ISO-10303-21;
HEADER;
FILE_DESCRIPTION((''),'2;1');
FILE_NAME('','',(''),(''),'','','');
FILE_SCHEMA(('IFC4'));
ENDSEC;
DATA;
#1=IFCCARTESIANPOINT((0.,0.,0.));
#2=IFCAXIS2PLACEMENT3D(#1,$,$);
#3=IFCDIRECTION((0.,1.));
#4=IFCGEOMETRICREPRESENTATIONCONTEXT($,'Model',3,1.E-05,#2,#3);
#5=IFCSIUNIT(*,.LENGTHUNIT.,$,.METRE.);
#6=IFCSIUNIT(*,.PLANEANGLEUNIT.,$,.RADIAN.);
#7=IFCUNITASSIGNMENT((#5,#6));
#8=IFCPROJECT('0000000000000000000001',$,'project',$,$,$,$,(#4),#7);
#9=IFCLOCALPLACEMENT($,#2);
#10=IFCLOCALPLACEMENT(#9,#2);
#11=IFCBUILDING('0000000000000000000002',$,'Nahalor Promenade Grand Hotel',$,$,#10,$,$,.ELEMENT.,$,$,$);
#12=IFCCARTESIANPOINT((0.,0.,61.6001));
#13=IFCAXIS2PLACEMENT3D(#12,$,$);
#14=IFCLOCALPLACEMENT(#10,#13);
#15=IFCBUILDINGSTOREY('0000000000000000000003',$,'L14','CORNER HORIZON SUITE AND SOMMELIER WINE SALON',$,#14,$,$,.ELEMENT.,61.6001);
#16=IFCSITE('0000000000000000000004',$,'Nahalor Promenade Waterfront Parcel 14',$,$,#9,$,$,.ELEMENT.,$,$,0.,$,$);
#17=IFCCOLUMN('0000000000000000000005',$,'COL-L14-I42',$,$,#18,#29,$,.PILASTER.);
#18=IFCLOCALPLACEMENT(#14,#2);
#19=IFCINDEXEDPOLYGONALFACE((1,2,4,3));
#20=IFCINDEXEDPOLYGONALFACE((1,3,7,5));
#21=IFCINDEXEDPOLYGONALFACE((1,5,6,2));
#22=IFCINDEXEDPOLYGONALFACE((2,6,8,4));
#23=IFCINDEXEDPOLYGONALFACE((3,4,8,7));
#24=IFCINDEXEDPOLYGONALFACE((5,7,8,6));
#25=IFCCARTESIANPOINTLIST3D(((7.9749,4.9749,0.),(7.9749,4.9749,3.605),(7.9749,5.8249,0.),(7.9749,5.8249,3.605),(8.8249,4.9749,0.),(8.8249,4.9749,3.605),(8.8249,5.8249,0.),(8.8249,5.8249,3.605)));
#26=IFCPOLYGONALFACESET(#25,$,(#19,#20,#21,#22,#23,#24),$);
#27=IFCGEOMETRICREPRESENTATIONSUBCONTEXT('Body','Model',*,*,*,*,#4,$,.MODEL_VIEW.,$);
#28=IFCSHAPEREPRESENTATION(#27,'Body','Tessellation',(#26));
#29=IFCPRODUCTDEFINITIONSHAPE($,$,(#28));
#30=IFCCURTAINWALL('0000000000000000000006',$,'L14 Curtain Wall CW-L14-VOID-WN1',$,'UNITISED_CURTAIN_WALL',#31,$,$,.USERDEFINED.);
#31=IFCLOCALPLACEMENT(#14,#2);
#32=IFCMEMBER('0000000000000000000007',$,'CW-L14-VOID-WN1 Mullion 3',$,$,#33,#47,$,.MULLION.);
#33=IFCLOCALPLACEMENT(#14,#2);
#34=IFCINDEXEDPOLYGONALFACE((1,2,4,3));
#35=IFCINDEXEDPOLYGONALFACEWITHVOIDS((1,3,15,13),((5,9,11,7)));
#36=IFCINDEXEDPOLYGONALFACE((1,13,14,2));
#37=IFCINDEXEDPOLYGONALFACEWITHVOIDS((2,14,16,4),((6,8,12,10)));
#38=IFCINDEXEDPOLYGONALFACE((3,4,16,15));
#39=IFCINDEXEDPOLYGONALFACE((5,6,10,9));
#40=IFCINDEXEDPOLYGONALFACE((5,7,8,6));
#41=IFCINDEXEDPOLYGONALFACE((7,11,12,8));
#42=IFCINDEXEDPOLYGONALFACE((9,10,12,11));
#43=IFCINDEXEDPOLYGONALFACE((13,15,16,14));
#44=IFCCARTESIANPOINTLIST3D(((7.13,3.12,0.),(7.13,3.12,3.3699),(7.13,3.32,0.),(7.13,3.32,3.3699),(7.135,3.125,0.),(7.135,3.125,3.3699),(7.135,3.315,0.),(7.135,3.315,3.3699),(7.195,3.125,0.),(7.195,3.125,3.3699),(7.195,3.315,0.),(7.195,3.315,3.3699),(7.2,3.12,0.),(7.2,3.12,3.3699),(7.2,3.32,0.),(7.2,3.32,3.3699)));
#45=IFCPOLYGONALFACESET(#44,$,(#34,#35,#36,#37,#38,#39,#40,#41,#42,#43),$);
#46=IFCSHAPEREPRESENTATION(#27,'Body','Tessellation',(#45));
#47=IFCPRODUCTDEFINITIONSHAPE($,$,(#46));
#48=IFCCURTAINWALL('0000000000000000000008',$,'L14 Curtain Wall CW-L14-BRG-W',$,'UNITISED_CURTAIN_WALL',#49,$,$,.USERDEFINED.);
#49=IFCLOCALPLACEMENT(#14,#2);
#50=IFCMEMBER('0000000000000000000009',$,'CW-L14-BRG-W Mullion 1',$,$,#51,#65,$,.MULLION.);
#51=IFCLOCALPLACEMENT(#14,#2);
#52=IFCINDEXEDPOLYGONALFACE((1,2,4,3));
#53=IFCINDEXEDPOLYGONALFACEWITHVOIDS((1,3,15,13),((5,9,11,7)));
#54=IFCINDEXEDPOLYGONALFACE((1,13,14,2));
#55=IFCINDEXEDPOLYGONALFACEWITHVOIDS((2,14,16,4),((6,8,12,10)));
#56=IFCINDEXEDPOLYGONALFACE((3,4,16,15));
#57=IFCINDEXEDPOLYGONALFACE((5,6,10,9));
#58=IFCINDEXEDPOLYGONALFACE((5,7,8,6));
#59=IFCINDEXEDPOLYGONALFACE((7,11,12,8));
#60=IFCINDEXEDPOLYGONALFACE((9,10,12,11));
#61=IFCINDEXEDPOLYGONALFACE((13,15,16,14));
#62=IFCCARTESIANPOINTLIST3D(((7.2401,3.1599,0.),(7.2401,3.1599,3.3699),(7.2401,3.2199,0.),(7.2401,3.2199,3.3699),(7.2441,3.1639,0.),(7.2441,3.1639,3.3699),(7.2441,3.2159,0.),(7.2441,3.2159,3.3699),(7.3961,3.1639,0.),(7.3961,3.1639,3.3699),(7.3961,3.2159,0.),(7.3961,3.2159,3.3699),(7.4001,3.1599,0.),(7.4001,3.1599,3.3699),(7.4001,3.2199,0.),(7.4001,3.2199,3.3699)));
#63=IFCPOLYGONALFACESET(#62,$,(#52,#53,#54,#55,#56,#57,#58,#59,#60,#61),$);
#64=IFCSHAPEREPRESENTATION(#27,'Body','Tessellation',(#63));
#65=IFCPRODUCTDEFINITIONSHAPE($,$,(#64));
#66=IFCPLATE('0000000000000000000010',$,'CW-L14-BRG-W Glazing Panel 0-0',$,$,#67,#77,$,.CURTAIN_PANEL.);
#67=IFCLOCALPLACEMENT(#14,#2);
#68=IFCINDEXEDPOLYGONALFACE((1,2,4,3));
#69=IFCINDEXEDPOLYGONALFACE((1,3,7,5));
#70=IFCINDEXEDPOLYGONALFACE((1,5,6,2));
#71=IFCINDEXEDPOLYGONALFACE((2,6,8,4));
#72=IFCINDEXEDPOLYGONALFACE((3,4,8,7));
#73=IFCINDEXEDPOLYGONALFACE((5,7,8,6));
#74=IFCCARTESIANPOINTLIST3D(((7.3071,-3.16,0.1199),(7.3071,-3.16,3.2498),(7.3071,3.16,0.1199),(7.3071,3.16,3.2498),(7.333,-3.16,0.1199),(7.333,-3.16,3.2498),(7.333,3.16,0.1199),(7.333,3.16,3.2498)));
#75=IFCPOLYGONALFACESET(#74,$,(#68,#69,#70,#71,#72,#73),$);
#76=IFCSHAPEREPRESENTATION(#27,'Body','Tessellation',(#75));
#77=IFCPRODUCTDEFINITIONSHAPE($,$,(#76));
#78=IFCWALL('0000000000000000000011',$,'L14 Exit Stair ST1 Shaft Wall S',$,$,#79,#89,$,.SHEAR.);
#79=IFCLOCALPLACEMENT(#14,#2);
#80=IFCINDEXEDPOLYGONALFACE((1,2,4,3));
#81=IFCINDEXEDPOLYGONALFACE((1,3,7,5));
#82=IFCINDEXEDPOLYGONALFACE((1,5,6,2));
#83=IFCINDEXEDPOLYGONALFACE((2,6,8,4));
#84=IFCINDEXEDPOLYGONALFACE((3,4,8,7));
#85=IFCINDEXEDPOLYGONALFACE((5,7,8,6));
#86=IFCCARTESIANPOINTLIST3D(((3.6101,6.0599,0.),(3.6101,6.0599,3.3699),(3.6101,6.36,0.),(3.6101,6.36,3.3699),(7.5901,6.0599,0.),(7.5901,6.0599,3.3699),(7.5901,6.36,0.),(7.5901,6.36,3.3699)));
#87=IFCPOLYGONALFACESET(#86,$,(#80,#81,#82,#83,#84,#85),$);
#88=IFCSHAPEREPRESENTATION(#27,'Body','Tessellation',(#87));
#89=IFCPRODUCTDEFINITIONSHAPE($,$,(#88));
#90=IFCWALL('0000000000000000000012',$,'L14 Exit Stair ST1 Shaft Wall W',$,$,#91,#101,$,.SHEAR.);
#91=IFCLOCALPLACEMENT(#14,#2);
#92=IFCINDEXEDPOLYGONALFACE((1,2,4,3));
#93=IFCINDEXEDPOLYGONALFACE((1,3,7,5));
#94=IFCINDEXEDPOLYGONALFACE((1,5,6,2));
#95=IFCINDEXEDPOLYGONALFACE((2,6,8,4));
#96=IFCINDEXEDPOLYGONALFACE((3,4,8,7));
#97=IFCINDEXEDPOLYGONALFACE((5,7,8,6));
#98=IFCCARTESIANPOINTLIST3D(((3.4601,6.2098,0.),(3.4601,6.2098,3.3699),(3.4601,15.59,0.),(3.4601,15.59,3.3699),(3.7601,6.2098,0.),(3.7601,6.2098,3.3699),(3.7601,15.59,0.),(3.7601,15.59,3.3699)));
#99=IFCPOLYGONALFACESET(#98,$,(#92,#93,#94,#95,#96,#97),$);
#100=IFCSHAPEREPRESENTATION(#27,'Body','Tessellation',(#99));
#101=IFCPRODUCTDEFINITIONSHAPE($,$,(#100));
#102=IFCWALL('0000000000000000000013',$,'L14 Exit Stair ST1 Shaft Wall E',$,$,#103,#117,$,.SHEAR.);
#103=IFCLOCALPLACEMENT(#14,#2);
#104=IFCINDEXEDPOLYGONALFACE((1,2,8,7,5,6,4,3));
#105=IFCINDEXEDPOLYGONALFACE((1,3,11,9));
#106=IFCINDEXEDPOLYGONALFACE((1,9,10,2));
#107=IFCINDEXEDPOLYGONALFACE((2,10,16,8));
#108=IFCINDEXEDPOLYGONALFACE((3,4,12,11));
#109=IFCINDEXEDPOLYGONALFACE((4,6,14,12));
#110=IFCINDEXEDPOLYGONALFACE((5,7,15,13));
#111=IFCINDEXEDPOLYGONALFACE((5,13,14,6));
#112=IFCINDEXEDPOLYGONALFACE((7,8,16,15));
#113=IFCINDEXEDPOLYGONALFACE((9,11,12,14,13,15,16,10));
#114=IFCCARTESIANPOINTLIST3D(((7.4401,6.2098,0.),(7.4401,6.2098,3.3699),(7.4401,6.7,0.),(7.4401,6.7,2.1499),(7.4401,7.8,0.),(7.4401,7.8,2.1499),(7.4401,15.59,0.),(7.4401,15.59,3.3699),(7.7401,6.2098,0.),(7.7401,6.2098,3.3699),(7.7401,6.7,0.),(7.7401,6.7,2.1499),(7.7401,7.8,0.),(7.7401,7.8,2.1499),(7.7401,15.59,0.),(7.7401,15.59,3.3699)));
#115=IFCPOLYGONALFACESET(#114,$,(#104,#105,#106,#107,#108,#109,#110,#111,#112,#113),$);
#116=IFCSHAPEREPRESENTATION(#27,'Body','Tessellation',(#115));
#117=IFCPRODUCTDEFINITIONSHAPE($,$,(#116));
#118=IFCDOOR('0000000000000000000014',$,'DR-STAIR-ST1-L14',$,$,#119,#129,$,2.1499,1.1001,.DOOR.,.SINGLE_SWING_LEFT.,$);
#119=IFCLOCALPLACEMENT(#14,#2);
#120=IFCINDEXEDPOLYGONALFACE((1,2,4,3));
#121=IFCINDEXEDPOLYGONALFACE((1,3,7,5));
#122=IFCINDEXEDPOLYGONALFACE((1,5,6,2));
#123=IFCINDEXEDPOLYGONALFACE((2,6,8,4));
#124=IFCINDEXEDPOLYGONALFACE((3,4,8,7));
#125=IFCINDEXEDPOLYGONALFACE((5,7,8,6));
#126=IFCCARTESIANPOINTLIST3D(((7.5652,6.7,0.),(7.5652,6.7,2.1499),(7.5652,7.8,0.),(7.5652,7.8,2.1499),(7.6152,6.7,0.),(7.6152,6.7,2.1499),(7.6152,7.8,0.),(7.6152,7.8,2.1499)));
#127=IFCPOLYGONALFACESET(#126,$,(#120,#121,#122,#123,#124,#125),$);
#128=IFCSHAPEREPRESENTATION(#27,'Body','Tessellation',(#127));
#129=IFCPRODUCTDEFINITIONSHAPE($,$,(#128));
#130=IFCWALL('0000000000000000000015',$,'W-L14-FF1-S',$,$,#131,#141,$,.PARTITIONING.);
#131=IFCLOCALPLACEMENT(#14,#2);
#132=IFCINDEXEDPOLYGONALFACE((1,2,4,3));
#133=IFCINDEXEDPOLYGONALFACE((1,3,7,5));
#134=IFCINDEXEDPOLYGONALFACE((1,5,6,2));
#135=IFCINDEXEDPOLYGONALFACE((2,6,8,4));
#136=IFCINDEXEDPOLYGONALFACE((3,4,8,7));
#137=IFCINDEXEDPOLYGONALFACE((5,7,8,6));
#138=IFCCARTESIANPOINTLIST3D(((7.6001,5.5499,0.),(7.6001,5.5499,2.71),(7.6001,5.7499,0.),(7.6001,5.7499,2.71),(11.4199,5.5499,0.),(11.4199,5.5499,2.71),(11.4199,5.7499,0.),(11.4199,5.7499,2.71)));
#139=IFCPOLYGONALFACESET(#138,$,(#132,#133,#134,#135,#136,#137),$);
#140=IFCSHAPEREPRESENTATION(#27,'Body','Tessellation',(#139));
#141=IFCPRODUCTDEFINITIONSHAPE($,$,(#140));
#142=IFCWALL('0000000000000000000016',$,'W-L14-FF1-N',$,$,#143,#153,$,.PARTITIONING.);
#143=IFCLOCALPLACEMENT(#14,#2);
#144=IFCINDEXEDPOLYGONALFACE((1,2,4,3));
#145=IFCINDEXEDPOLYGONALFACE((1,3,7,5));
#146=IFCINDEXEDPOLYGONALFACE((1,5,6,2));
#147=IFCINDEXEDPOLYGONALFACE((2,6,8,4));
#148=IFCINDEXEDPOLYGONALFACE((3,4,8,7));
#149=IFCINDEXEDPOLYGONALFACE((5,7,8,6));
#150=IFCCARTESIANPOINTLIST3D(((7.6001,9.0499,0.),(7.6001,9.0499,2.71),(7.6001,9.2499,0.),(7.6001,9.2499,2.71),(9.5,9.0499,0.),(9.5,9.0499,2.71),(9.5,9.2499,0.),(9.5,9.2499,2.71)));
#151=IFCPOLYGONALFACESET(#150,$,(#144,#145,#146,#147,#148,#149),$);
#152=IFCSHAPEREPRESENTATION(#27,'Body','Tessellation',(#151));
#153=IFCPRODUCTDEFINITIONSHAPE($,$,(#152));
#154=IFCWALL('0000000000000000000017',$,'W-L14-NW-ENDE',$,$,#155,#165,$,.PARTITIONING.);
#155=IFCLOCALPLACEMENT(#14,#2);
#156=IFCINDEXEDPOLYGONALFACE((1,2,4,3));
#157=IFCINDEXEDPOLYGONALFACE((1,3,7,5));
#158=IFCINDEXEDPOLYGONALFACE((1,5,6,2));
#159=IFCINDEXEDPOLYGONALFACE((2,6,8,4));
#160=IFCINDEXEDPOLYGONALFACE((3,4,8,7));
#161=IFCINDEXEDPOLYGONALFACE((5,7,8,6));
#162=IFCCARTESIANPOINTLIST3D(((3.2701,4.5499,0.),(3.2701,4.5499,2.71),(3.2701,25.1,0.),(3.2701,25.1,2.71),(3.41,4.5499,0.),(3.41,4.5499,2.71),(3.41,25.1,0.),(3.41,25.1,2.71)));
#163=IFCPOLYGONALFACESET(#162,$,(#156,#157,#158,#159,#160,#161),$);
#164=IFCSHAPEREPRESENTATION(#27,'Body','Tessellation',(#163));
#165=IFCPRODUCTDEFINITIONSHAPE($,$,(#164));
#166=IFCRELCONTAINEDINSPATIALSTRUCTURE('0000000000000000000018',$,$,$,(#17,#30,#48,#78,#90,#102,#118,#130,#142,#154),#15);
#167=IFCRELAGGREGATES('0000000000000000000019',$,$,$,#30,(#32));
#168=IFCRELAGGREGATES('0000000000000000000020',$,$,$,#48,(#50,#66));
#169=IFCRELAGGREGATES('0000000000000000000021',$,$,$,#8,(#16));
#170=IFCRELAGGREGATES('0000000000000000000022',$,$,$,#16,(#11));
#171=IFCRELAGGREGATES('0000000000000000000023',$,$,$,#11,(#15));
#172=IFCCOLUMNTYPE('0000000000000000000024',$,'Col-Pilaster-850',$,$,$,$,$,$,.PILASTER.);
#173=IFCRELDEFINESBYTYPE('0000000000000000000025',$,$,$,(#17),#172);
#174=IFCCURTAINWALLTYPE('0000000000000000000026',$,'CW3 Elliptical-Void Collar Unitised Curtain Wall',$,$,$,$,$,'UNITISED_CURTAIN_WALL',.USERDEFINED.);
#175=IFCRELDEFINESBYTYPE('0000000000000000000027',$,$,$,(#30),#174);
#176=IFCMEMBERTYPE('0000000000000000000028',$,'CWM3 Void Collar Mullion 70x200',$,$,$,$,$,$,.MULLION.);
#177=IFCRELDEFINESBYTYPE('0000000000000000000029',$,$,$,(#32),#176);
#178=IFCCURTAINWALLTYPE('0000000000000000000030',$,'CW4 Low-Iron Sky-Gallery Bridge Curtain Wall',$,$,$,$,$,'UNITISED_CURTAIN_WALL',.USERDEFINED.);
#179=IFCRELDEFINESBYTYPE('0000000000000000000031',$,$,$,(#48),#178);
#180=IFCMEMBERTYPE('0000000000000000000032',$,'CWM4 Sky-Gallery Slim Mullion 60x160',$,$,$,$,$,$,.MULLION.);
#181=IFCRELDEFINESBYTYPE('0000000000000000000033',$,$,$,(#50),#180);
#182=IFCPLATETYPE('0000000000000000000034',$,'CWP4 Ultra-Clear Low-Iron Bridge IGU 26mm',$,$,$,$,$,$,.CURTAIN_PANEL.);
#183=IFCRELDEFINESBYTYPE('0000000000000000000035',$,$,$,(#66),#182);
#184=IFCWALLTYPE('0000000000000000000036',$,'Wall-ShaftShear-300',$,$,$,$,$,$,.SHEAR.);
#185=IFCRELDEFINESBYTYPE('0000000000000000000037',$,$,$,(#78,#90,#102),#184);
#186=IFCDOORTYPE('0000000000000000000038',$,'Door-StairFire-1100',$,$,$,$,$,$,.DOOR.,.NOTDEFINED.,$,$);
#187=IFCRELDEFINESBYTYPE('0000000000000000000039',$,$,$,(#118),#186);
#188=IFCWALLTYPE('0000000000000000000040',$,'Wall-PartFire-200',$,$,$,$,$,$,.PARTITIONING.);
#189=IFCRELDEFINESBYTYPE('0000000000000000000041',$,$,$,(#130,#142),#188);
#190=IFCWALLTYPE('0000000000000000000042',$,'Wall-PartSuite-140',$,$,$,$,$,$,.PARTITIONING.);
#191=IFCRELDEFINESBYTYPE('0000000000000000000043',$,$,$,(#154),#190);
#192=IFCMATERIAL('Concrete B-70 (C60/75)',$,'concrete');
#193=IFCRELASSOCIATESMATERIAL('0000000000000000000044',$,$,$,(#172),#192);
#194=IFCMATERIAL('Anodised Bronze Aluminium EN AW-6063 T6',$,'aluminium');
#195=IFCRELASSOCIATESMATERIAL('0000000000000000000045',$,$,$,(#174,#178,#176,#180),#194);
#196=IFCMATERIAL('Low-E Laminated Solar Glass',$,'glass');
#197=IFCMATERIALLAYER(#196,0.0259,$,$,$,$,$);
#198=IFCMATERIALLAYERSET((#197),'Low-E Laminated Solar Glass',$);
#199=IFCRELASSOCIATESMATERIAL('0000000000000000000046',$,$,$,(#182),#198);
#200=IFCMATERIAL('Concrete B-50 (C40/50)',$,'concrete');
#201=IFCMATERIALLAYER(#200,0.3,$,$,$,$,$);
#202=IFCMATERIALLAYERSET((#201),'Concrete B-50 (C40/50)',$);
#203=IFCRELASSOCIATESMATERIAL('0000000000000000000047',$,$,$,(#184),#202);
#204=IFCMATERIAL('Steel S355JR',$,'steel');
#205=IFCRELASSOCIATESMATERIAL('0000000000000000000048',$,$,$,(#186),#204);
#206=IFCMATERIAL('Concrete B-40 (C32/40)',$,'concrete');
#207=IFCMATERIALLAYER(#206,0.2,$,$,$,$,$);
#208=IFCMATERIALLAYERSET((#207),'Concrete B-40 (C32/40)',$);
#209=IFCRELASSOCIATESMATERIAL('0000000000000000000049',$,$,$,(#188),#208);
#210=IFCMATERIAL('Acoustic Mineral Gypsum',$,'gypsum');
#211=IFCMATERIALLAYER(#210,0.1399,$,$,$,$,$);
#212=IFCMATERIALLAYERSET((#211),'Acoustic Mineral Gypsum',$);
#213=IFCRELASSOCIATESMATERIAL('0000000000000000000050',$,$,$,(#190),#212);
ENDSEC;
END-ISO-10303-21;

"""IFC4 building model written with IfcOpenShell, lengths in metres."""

from ifc_helpers import new_model, si_unit, direction, frame, frame_2d, origin, origin_2d, place, context, subcontext, project, spatial, rectangle, hollow_rectangle, extrude, source, transform, mapped, material, layer, layer_set, material_profile, profile_set, type_object, element, fill, aggregate, save


model = new_model("IFC4")

# Units and contexts
model_context = context("Model", 3, precision=1e-05, world=origin(), true_north=direction((0.0, 1.0)))
body_context = subcontext(model_context, "Body", "Model", "MODEL_VIEW")
ifc_project = project(units=[si_unit("LENGTHUNIT", "METRE"), si_unit("PLANEANGLEUNIT", "RADIAN")], contexts=[model_context])

# Site, building, storey
site_placement = place(None, origin())
site = spatial("IfcSite", under=ifc_project, at=site_placement, Name="Nahalor Promenade Waterfront Parcel 14", CompositionType="ELEMENT", RefElevation=0.0)
building_placement = place(site_placement, origin())
building = spatial("IfcBuilding", under=site, at=building_placement, Name="Nahalor Promenade Grand Hotel", CompositionType="ELEMENT")
storey_placement = place(building_placement, frame((0.0, 0.0, 61.6001)))
storey = spatial("IfcBuildingStorey", under=building, at=storey_placement, Name="L14", Description="CORNER HORIZON SUITE AND SOMMELIER WINE SALON", CompositionType="ELEMENT", Elevation=61.6001)

# Column
ifc_material_1 = material(Name="Concrete B-70 (C60/75)", Category="concrete")
ifc_material_profile_1 = material_profile(ifc_material_1, rectangle(XDim=0.85, YDim=0.85, at=origin_2d()), Name="RC 850x850")
ifc_profile_set_1 = profile_set([ifc_material_profile_1], Name="Concrete B-70 (C60/75)")
column_type = type_object("IfcColumnType", Name="Col-Pilaster-850", PredefinedType="PILASTER", material=ifc_profile_set_1)
shared_shape_1 = source(origin(), body_context, "Body", "SweptSolid", [
    extrude(rectangle(XDim=0.85, YDim=0.85, at=origin_2d()), origin(), (0.0, 0.0, 1.0), 3.605),
])
column_placement = place(storey_placement, frame((8.3999, 5.3999, 0.0), z_axis=(0.0, 0.0, 1.0), x_axis=(1.0, 0.0, 0.0)))
element("IfcColumn", 1, at=column_placement, inside=storey, type_object=column_type, Name="COL-L14-I42", PredefinedType="PILASTER", context=body_context, shape_type="MappedRepresentation", body=[
    mapped(shared_shape_1, transform((0.0, 0.0, 0.0), scale=1.0)),
])

# Curtain wall, member
ifc_material_2 = material(Name="Anodised Bronze Aluminium EN AW-6063 T6", Category="aluminium")
curtain_wall_type_1 = type_object("IfcCurtainWallType", Name="CW3 Elliptical-Void Collar Unitised Curtain Wall", ElementType="UNITISED_CURTAIN_WALL", PredefinedType="USERDEFINED", material=ifc_material_2)
curtain_wall_1_placement = place(storey_placement, origin())
curtain_wall_1 = element("IfcCurtainWall", 2, at=curtain_wall_1_placement, inside=storey, type_object=curtain_wall_type_1, Name="L14 Curtain Wall CW-L14-VOID-WN1", ObjectType="UNITISED_CURTAIN_WALL", PredefinedType="USERDEFINED")
ifc_material_profile_2 = material_profile(ifc_material_2, hollow_rectangle(XDim=0.07, YDim=0.2, WallThickness=0.005, at=origin_2d()), Name="CWM 70x200x5")
ifc_profile_set_2 = profile_set([ifc_material_profile_2], Name="Anodised Bronze Aluminium EN AW-6063 T6")
member_type_1 = type_object("IfcMemberType", Name="CWM3 Void Collar Mullion 70x200", PredefinedType="MULLION", material=ifc_profile_set_2)
shared_shape_2 = source(origin(), body_context, "Body", "SweptSolid", [
    extrude(hollow_rectangle(XDim=0.07, YDim=0.2, WallThickness=0.005, at=origin_2d()), origin(), (0.0, 0.0, 1.0), 3.3699),
])
member_1_placement = place(storey_placement, frame((7.165, 3.22, 0.0), z_axis=(0.0, 0.0, 1.0), x_axis=(1.0, 0.0, 0.0)))
member_1 = element("IfcMember", 3, at=member_1_placement, type_object=member_type_1, Name="CW-L14-VOID-WN1 Mullion 3", PredefinedType="MULLION", context=body_context, shape_type="MappedRepresentation", body=[
    mapped(shared_shape_2, transform((0.0, 0.0, 0.0), scale=1.0)),
])
aggregate(curtain_wall_1, [member_1])

# Curtain wall, member, plate
curtain_wall_type_2 = type_object("IfcCurtainWallType", Name="CW4 Low-Iron Sky-Gallery Bridge Curtain Wall", ElementType="UNITISED_CURTAIN_WALL", PredefinedType="USERDEFINED", material=ifc_material_2)
curtain_wall_2_placement = place(storey_placement, origin())
curtain_wall_2 = element("IfcCurtainWall", 4, at=curtain_wall_2_placement, inside=storey, type_object=curtain_wall_type_2, Name="L14 Curtain Wall CW-L14-BRG-W", ObjectType="UNITISED_CURTAIN_WALL", PredefinedType="USERDEFINED")
ifc_material_profile_3 = material_profile(ifc_material_2, hollow_rectangle(XDim=0.06, YDim=0.16, WallThickness=0.004, at=origin_2d()), Name="CWM 60x160x4")
ifc_profile_set_3 = profile_set([ifc_material_profile_3], Name="Anodised Bronze Aluminium EN AW-6063 T6")
member_type_2 = type_object("IfcMemberType", Name="CWM4 Sky-Gallery Slim Mullion 60x160", PredefinedType="MULLION", material=ifc_profile_set_3)
shared_shape_3 = source(origin(), body_context, "Body", "SweptSolid", [
    extrude(hollow_rectangle(XDim=0.06, YDim=0.16, WallThickness=0.004, at=origin_2d()), origin(), (0.0, 0.0, 1.0), 3.3699),
])
member_2_placement = place(storey_placement, frame((7.3201, 3.1899, 0.0), z_axis=(0.0, 0.0, 1.0), x_axis=(0.0, 1.0, 0.0)))
member_2 = element("IfcMember", 5, at=member_2_placement, type_object=member_type_2, Name="CW-L14-BRG-W Mullion 1", PredefinedType="MULLION", context=body_context, shape_type="MappedRepresentation", body=[
    mapped(shared_shape_3, transform((0.0, 0.0, 0.0), scale=1.0)),
])
ifc_material_3 = material(Name="Low-E Laminated Solar Glass", Category="glass")
ifc_layer_1 = layer(ifc_material_3, 0.0259)
ifc_layer_set_1 = layer_set([ifc_layer_1], Name="Low-E Laminated Solar Glass")
plate_type = type_object("IfcPlateType", Name="CWP4 Ultra-Clear Low-Iron Bridge IGU 26mm", PredefinedType="CURTAIN_PANEL", material=ifc_layer_set_1)
shared_shape_4 = source(origin(), body_context, "Body", "SweptSolid", [
    extrude(rectangle(XDim=6.3201, YDim=0.0259, at=origin_2d()), origin(), (0.0, 0.0, 1.0), 3.1299),
])
plate_placement = place(storey_placement, frame((7.3201, 0.0, 0.1199), z_axis=(0.0, 0.0, 1.0), x_axis=(0.0, 1.0, 0.0)))
plate = element("IfcPlate", 6, at=plate_placement, type_object=plate_type, Name="CW-L14-BRG-W Glazing Panel 0-0", PredefinedType="CURTAIN_PANEL", context=body_context, shape_type="MappedRepresentation", body=[
    mapped(shared_shape_4, transform((0.0, 0.0, 0.0), scale=1.0)),
])
aggregate(curtain_wall_2, [member_2, plate])

# Walls
ifc_material_4 = material(Name="Concrete B-50 (C40/50)", Category="concrete")
ifc_layer_2 = layer(ifc_material_4, 0.3)
ifc_layer_set_2 = layer_set([ifc_layer_2], Name="Concrete B-50 (C40/50)")
wall_type_1 = type_object("IfcWallType", Name="Wall-ShaftShear-300", PredefinedType="SHEAR", material=ifc_layer_set_2)
shared_shape_5 = source(origin(), body_context, "Body", "SweptSolid", [
    extrude(rectangle(XDim=3.98, YDim=0.3, at=frame_2d((1.99, 0.0))), origin(), (0.0, 0.0, 1.0), 3.3699),
])
wall_1_placement = place(storey_placement, frame((3.6101, 6.21, 0.0), z_axis=(0.0, 0.0, 1.0), x_axis=(1.0, 0.0, 0.0)))
element("IfcWall", 7, at=wall_1_placement, inside=storey, type_object=wall_type_1, Name="L14 Exit Stair ST1 Shaft Wall S", PredefinedType="SHEAR", context=body_context, shape_type="MappedRepresentation", body=[
    mapped(shared_shape_5, transform((0.0, 0.0, 0.0), scale=1.0)),
])
shared_shape_6 = source(origin(), body_context, "Body", "SweptSolid", [
    extrude(rectangle(XDim=9.3801, YDim=0.3, at=frame_2d((4.6899, 0.0))), origin(), (0.0, 0.0, 1.0), 3.3699),
])
wall_2_placement = place(storey_placement, frame((3.6101, 6.21, 0.0), z_axis=(0.0, 0.0, 1.0), x_axis=(0.0, 1.0, 0.0)))
element("IfcWall", 8, at=wall_2_placement, inside=storey, type_object=wall_type_1, Name="L14 Exit Stair ST1 Shaft Wall W", PredefinedType="SHEAR", context=body_context, shape_type="MappedRepresentation", body=[
    mapped(shared_shape_6, transform((0.0, 0.0, 0.0), scale=1.0)),
])

# Wall, opening, door
wall_3_placement = place(storey_placement, frame((7.5901, 6.21, 0.0), z_axis=(0.0, 0.0, 1.0), x_axis=(0.0, 1.0, 0.0)))
wall_3 = element("IfcWall", 9, at=wall_3_placement, inside=storey, type_object=wall_type_1, Name="L14 Exit Stair ST1 Shaft Wall E", PredefinedType="SHEAR", context=body_context, shape_type="MappedRepresentation", body=[
    mapped(shared_shape_6, transform((0.0, 0.0, 0.0), scale=1.0)),
])
opening_placement = place(wall_3_placement, frame((0.49, 0.0, 0.0)))
opening = element("IfcOpeningElement", 10, at=opening_placement, cuts=wall_3, PredefinedType="OPENING", context=body_context, shape_type="SweptSolid", body=[
    extrude(rectangle(XDim=1.1001, YDim=2.1499, at=frame_2d((0.55, 1.075))), frame((0.0, 0.1599, 0.0), z_axis=(0.0, -1.0, 0.0), x_axis=(1.0, 0.0, 0.0)), (0.0, 0.0, 1.0), 0.3201),
])
ifc_material_5 = material(Name="Steel S355JR", Category="steel")
door_type = type_object("IfcDoorType", Name="Door-StairFire-1100", OperationType="NOTDEFINED", PredefinedType="DOOR", material=ifc_material_5)
shared_shape_7 = source(origin(), body_context, "Body", "SweptSolid", [
    extrude(rectangle(XDim=1.1001, YDim=2.1499, at=frame_2d((0.55, 1.075))), frame((0.0, 0.0249, 0.0), z_axis=(0.0, -1.0, 0.0), x_axis=(1.0, 0.0, 0.0)), (0.0, 0.0, 1.0), 0.05),
])
door_placement = place(opening_placement, origin())
door = element("IfcDoor", 11, at=door_placement, inside=storey, type_object=door_type, Name="DR-STAIR-ST1-L14", OperationType="SINGLE_SWING_LEFT", OverallHeight=2.1499, OverallWidth=1.1001, PredefinedType="DOOR", context=body_context, shape_type="MappedRepresentation", body=[
    mapped(shared_shape_7, transform((0.0, 0.0, 0.0), scale=1.0)),
])
fill(opening, door)

# Walls
ifc_material_6 = material(Name="Concrete B-40 (C32/40)", Category="concrete")
ifc_layer_3 = layer(ifc_material_6, 0.2)
ifc_layer_set_3 = layer_set([ifc_layer_3], Name="Concrete B-40 (C32/40)")
wall_type_2 = type_object("IfcWallType", Name="Wall-PartFire-200", PredefinedType="PARTITIONING", material=ifc_layer_set_3)
shared_shape_8 = source(origin(), body_context, "Body", "SweptSolid", [
    extrude(rectangle(XDim=3.8198, YDim=0.2, at=frame_2d((1.9099, 0.0))), origin(), (0.0, 0.0, 1.0), 2.71),
])
wall_4_placement = place(storey_placement, frame((7.6001, 5.6499, 0.0), z_axis=(0.0, 0.0, 1.0), x_axis=(1.0, 0.0, 0.0)))
element("IfcWall", 12, at=wall_4_placement, inside=storey, type_object=wall_type_2, Name="W-L14-FF1-S", PredefinedType="PARTITIONING", context=body_context, shape_type="MappedRepresentation", body=[
    mapped(shared_shape_8, transform((0.0, 0.0, 0.0), scale=1.0)),
])
shared_shape_9 = source(origin(), body_context, "Body", "SweptSolid", [
    extrude(rectangle(XDim=1.8999, YDim=0.2, at=frame_2d((0.95, 0.0))), origin(), (0.0, 0.0, 1.0), 2.71),
])
wall_5_placement = place(storey_placement, frame((7.6001, 9.1499, 0.0), z_axis=(0.0, 0.0, 1.0), x_axis=(1.0, 0.0, 0.0)))
element("IfcWall", 13, at=wall_5_placement, inside=storey, type_object=wall_type_2, Name="W-L14-FF1-N", PredefinedType="PARTITIONING", context=body_context, shape_type="MappedRepresentation", body=[
    mapped(shared_shape_9, transform((0.0, 0.0, 0.0), scale=1.0)),
])
ifc_material_7 = material(Name="Acoustic Mineral Gypsum", Category="gypsum")
ifc_layer_4 = layer(ifc_material_7, 0.1399)
ifc_layer_set_4 = layer_set([ifc_layer_4], Name="Acoustic Mineral Gypsum")
wall_type_3 = type_object("IfcWallType", Name="Wall-PartSuite-140", PredefinedType="PARTITIONING", material=ifc_layer_set_4)
shared_shape_10 = source(origin(), body_context, "Body", "SweptSolid", [
    extrude(rectangle(XDim=20.55, YDim=0.1399, at=frame_2d((10.2749, 0.0))), origin(), (0.0, 0.0, 1.0), 2.71),
])
wall_6_placement = place(storey_placement, frame((3.3401, 4.55, 0.0), z_axis=(0.0, 0.0, 1.0), x_axis=(0.0, 1.0, 0.0)))
element("IfcWall", 14, at=wall_6_placement, inside=storey, type_object=wall_type_3, Name="W-L14-NW-ENDE", PredefinedType="PARTITIONING", context=body_context, shape_type="MappedRepresentation", body=[
    mapped(shared_shape_10, transform((0.0, 0.0, 0.0), scale=1.0)),
])

save(model, "model.ifc")
